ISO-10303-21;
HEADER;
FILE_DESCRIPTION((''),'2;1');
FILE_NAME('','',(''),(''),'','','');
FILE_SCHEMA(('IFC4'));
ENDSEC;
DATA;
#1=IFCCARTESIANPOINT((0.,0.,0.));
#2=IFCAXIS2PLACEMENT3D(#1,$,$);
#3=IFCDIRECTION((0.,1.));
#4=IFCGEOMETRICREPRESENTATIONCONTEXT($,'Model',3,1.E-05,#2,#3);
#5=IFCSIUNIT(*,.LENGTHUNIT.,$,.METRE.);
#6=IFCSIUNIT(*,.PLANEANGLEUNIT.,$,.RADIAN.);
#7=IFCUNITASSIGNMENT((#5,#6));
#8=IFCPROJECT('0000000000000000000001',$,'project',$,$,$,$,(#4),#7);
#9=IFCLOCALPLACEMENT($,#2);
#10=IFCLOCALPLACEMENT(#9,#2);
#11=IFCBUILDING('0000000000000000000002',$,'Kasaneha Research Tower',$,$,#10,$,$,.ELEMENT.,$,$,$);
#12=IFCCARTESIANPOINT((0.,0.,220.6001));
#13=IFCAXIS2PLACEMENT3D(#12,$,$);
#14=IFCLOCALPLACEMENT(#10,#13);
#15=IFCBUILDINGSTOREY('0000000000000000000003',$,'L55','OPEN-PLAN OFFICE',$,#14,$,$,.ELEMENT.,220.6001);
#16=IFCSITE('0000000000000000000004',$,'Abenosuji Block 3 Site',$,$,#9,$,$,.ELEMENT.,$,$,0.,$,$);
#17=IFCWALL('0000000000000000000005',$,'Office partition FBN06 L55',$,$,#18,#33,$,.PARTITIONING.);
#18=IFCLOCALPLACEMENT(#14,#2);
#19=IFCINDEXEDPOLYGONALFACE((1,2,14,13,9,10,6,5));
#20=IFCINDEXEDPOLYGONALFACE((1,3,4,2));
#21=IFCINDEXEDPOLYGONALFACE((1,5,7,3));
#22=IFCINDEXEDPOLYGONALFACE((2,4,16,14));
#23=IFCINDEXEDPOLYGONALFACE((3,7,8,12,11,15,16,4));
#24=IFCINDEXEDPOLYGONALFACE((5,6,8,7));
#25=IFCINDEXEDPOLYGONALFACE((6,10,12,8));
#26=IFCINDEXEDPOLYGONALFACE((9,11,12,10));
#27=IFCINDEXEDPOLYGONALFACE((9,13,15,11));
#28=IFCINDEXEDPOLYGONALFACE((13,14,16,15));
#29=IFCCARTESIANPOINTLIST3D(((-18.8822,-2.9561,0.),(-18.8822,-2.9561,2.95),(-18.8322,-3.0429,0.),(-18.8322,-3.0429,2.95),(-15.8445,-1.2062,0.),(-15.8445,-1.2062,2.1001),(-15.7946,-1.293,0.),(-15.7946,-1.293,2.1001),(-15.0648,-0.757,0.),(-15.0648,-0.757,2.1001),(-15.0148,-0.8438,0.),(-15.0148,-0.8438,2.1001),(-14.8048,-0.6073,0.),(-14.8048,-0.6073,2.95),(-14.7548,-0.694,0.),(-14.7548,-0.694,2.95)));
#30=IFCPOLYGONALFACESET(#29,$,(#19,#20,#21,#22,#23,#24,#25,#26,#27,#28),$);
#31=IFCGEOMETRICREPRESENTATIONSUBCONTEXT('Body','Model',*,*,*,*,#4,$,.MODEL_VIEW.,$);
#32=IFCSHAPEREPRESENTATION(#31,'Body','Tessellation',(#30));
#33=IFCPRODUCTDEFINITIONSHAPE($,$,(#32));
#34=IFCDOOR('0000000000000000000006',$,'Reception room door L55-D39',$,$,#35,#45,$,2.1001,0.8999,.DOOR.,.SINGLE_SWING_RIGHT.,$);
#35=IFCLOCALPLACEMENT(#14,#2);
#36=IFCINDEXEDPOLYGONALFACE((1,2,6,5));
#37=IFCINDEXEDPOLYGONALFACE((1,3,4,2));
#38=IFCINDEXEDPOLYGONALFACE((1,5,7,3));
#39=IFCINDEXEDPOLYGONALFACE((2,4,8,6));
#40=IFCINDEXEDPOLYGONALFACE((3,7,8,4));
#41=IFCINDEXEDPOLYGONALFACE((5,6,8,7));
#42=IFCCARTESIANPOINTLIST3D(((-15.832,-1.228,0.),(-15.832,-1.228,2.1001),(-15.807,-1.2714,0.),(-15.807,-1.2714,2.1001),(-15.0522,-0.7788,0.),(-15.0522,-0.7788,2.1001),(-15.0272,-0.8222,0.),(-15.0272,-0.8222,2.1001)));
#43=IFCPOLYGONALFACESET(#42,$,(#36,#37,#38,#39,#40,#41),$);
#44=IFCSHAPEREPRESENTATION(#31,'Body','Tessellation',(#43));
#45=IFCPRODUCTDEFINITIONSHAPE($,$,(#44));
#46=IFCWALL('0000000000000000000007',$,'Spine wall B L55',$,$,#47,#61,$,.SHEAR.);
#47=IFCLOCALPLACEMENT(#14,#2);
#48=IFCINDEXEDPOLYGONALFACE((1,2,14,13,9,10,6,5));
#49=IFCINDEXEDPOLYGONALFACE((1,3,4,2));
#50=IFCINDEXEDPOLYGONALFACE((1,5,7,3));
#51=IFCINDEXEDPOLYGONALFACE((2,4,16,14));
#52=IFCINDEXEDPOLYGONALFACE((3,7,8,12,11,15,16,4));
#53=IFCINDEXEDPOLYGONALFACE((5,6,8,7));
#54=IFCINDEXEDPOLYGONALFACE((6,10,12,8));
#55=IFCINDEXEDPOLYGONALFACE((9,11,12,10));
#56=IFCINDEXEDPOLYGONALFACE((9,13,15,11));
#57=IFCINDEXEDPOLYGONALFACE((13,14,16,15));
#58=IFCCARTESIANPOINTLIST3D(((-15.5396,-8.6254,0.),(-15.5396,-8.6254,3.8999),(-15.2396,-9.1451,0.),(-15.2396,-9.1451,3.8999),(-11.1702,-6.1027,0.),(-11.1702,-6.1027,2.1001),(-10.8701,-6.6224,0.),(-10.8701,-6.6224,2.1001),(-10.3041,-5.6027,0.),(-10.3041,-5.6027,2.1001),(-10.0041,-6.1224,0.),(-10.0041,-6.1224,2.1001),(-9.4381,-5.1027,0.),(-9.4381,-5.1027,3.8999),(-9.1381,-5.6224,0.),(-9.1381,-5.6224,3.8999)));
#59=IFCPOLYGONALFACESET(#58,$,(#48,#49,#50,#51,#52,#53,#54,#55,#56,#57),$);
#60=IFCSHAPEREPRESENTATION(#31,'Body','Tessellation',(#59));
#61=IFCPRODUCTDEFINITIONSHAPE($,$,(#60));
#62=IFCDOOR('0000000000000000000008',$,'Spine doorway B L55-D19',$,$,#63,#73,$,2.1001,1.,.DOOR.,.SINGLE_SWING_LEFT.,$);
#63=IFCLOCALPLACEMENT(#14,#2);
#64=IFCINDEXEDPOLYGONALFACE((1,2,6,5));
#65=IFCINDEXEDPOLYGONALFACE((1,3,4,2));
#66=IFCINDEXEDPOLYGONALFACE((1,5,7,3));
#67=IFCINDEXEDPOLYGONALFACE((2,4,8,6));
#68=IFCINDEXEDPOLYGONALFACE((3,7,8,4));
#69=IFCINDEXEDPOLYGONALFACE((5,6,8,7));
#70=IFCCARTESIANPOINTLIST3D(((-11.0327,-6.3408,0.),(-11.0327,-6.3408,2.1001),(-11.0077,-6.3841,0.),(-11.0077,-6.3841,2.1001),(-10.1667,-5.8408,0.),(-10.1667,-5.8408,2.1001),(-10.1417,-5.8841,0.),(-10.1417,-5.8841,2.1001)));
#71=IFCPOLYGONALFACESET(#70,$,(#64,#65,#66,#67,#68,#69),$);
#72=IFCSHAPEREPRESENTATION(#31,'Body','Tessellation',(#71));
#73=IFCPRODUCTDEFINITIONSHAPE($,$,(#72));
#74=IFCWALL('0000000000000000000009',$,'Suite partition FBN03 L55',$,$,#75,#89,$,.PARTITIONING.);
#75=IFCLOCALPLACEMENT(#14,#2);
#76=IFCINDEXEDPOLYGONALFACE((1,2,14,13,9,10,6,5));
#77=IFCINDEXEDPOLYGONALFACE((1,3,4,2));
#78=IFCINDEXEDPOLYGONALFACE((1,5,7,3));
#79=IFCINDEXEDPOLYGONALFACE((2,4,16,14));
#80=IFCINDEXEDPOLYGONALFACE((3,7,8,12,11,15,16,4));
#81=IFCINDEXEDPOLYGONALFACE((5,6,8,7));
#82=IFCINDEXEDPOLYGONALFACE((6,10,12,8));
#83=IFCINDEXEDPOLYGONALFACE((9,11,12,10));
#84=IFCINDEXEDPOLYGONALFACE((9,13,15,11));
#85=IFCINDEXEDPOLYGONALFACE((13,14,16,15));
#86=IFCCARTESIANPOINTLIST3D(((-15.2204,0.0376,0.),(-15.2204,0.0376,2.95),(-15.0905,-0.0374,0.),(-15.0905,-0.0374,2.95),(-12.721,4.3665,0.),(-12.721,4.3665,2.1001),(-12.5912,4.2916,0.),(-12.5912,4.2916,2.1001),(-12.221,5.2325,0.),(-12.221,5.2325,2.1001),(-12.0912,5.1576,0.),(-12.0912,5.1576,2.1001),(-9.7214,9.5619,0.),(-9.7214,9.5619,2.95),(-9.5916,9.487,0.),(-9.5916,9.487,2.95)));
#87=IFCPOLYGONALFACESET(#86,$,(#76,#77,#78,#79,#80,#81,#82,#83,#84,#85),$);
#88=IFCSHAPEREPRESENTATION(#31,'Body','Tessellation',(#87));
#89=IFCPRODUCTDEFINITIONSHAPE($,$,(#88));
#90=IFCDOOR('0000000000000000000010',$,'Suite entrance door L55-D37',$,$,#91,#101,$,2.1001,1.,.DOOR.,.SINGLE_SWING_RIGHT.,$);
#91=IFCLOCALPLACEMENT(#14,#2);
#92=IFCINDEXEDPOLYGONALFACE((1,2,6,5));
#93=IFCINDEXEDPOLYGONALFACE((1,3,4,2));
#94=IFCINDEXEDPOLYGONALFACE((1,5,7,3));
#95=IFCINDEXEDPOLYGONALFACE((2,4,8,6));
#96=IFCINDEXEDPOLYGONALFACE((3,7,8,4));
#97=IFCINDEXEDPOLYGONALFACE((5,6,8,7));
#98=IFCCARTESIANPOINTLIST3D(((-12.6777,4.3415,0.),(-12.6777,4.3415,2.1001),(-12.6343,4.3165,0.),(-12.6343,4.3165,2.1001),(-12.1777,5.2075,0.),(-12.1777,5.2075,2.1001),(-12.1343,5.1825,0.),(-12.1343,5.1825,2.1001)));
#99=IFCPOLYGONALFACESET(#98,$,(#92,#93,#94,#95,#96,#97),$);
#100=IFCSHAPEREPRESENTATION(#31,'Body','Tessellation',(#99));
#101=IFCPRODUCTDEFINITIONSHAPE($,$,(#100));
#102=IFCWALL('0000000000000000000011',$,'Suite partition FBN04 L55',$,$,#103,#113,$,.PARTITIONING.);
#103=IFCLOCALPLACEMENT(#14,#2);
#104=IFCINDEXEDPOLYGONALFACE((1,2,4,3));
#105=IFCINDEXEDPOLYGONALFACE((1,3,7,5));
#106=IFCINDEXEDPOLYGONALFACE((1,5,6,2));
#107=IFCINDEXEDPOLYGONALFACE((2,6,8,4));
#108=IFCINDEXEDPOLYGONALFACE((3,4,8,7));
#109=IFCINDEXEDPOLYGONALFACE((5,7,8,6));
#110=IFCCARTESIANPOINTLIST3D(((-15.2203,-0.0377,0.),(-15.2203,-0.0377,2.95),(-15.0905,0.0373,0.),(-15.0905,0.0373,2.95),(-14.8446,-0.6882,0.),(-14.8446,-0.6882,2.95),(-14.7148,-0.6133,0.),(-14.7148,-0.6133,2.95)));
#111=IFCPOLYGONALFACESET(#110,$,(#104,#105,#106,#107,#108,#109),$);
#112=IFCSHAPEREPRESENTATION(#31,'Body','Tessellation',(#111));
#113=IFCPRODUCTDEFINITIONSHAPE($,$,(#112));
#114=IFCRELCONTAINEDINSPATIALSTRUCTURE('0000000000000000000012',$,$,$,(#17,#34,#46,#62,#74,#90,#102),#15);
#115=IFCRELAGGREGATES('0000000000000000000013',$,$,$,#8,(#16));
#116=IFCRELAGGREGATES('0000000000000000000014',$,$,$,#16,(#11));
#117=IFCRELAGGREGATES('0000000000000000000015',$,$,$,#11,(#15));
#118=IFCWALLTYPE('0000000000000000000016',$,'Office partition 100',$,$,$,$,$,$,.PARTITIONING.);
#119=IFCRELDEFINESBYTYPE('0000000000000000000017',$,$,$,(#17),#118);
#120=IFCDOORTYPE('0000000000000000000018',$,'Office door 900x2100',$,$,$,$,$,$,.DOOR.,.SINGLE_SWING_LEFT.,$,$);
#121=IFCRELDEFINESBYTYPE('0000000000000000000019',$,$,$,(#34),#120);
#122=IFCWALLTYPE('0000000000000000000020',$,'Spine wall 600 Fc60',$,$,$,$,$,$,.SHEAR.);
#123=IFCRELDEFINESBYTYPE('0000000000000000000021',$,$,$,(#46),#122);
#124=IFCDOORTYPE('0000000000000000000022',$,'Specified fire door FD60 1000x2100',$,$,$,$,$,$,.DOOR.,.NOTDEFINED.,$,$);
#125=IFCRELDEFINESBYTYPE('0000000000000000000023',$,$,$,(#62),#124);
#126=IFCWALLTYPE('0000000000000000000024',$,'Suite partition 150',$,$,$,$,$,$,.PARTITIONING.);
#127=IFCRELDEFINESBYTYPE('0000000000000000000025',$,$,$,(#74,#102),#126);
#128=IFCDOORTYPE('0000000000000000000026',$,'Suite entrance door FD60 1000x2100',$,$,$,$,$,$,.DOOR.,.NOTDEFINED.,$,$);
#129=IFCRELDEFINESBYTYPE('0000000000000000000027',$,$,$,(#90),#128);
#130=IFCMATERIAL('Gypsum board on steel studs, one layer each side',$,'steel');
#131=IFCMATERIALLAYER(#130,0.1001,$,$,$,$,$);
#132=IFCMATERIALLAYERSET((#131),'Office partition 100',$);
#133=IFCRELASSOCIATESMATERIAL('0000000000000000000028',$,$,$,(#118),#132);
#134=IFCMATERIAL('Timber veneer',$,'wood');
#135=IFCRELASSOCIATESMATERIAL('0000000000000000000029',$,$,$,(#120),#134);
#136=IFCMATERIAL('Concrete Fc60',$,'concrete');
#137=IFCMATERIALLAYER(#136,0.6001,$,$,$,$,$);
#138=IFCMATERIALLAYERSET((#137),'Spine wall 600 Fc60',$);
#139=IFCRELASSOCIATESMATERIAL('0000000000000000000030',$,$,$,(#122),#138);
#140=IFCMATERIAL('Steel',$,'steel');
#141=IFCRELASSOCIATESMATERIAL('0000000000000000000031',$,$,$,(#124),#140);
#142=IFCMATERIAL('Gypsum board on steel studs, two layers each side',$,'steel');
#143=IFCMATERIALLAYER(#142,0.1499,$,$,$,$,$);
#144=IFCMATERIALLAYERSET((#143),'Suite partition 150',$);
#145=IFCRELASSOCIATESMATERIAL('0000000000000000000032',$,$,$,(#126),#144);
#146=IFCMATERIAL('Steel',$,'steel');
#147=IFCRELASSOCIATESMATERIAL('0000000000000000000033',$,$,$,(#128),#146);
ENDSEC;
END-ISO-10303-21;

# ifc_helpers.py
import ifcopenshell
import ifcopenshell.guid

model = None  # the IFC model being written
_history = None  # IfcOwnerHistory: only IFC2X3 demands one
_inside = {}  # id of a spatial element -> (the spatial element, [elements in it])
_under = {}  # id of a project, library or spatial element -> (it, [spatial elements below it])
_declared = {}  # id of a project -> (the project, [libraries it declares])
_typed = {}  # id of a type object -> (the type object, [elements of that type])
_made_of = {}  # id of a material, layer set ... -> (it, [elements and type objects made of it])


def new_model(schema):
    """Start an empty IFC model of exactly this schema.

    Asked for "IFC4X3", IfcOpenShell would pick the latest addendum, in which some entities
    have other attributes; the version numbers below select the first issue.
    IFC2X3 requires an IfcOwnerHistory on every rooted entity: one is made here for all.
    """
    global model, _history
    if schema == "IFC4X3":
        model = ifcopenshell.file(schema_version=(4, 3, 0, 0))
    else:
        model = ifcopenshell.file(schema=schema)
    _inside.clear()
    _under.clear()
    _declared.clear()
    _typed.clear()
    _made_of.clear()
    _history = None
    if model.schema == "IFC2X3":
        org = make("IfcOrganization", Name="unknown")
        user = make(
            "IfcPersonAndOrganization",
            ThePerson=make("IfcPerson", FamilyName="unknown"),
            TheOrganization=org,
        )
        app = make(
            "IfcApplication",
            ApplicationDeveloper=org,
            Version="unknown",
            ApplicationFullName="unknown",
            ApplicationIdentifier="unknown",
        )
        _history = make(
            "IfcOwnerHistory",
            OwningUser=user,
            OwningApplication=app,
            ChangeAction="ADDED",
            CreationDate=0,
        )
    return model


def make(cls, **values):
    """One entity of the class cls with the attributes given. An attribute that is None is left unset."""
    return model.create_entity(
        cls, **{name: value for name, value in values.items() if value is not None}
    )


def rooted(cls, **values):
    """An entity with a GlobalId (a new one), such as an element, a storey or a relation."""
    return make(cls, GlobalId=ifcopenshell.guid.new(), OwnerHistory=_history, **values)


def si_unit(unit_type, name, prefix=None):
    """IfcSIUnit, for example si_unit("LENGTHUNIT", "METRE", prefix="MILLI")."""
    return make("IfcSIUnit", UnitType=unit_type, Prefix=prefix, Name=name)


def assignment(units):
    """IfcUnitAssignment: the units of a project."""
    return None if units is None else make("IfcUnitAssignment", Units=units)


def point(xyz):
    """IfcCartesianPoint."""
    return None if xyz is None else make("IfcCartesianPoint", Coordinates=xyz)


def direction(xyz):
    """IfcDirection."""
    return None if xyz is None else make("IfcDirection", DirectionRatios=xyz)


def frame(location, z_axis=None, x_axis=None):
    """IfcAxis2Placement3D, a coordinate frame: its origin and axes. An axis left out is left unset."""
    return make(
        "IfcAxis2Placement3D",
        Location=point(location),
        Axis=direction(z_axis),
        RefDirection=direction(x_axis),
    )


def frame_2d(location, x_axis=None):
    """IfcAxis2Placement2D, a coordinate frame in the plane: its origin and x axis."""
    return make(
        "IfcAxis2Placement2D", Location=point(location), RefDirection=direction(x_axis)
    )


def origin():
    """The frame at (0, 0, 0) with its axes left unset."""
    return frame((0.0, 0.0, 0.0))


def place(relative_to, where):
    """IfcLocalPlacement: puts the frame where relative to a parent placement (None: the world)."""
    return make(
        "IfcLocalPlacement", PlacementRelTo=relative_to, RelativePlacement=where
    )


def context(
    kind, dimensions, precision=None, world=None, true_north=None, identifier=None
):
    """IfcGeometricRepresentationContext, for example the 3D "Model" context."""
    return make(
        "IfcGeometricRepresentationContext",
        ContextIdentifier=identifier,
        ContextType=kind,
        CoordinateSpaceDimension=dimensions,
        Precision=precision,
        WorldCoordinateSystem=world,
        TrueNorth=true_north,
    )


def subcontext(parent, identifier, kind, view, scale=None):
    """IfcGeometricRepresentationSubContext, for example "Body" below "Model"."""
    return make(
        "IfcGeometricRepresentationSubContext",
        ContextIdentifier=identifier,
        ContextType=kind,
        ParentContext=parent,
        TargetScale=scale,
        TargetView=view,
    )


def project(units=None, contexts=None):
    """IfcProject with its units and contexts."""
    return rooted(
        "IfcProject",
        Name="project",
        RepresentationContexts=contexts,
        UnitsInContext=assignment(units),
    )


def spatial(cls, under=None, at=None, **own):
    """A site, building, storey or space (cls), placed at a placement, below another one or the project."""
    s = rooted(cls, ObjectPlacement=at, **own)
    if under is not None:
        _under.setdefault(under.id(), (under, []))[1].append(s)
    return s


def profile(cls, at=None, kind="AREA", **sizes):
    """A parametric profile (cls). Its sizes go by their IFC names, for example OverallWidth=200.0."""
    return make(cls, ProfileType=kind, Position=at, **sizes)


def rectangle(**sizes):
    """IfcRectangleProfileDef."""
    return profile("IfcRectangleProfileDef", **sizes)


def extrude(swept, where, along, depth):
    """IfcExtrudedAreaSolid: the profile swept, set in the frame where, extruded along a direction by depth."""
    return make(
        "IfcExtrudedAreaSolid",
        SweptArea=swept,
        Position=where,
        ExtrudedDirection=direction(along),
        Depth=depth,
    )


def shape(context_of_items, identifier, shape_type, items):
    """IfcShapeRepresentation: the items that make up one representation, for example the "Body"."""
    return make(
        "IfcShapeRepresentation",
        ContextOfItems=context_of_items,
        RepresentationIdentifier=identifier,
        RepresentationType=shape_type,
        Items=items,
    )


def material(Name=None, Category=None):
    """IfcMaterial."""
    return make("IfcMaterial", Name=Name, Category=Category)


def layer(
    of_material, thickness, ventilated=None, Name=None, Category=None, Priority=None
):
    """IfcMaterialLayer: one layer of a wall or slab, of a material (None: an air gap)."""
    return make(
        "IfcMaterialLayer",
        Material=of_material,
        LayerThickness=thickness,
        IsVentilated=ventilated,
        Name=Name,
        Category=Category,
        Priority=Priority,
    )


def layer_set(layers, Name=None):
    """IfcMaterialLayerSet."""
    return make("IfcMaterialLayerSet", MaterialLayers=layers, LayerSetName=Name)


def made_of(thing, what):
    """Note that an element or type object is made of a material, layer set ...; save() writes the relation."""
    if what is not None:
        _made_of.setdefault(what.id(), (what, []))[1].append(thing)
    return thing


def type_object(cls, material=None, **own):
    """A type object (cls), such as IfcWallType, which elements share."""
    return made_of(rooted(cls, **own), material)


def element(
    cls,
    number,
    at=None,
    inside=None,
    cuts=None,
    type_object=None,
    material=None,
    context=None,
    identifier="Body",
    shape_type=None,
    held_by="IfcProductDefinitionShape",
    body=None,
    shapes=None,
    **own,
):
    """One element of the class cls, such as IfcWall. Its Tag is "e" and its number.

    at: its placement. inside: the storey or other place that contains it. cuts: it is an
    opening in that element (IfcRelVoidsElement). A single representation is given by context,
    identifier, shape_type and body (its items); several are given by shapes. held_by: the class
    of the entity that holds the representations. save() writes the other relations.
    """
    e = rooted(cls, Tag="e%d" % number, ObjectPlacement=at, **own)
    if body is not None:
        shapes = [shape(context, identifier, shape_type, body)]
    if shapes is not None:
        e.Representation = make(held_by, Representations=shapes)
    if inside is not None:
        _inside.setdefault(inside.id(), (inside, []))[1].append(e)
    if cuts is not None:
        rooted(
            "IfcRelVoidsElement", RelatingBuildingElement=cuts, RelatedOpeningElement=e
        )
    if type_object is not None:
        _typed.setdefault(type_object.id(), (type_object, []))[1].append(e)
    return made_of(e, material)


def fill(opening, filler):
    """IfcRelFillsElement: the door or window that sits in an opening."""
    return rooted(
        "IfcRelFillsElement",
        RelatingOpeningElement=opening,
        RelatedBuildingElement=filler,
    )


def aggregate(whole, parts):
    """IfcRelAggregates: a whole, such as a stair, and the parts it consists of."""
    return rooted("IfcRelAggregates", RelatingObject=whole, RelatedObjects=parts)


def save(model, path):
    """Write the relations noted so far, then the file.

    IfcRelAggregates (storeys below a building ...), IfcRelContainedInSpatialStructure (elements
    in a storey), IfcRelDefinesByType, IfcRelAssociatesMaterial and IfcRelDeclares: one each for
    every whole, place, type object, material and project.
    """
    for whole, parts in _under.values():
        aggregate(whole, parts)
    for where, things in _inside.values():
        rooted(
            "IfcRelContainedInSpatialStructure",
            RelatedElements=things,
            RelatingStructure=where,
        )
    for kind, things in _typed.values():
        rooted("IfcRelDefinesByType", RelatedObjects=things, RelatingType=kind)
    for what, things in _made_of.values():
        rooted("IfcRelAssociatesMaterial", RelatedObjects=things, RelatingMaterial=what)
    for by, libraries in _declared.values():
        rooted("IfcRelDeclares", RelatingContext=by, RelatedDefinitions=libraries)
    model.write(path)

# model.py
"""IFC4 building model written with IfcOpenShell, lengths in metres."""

from ifc_helpers import new_model, si_unit, direction, frame, frame_2d, origin, place, context, subcontext, project, spatial, rectangle, extrude, material, layer, layer_set, type_object, element, fill, save


model = new_model("IFC4")

# Units and contexts
model_context = context("Model", 3, precision=1e-05, world=origin(), true_north=direction((0.0, 1.0)))
body_context = subcontext(model_context, "Body", "Model", "MODEL_VIEW")
ifc_project = project(units=[si_unit("LENGTHUNIT", "METRE"), si_unit("PLANEANGLEUNIT", "RADIAN")], contexts=[model_context])

# Site, building, storey
site_placement = place(None, origin())
site = spatial("IfcSite", under=ifc_project, at=site_placement, Name="Abenosuji Block 3 Site", CompositionType="ELEMENT", RefElevation=0.0)
building_placement = place(site_placement, origin())
building = spatial("IfcBuilding", under=site, at=building_placement, Name="Kasaneha Research Tower", CompositionType="ELEMENT")
storey_placement = place(building_placement, frame((0.0, 0.0, 220.6001)))
storey = spatial("IfcBuildingStorey", under=building, at=storey_placement, Name="L55", Description="OPEN-PLAN OFFICE", CompositionType="ELEMENT", Elevation=220.6001)

# Walls, openings, doors
ifc_material_1 = material(Name="Gypsum board on steel studs, one layer each side", Category="steel")
ifc_layer_1 = layer(ifc_material_1, 0.1001)
ifc_layer_set_1 = layer_set([ifc_layer_1], Name="Office partition 100")
wall_type_1 = type_object("IfcWallType", Name="Office partition 100", PredefinedType="PARTITIONING", material=ifc_layer_set_1)
wall_1_placement = place(storey_placement, frame((-18.8572, -2.9995, 0.0), z_axis=(0.0, 0.0, 1.0), x_axis=(0.866504, 0.49917, 0.0)))
wall_1 = element("IfcWall", 1, at=wall_1_placement, inside=storey, type_object=wall_type_1, Name="Office partition FBN06 L55", PredefinedType="PARTITIONING", context=body_context, shape_type="SweptSolid", body=[
    extrude(rectangle(XDim=4.7056, YDim=0.1001, at=frame_2d((2.3528, 0.0))), origin(), (0.0, 0.0, 1.0), 2.95),
])
opening_1_placement = place(wall_1_placement, frame((3.5056, 0.0, 0.0)))
opening_1 = element("IfcOpeningElement", 2, at=opening_1_placement, cuts=wall_1, PredefinedType="OPENING", context=body_context, shape_type="SweptSolid", body=[
    extrude(rectangle(XDim=0.8999, YDim=2.1001, at=frame_2d((0.45, 1.05))), frame((0.0, 0.0601, 0.0), z_axis=(0.0, -1.0, 0.0), x_axis=(1.0, 0.0, 0.0)), (0.0, 0.0, 1.0), 0.1201),
])
ifc_material_2 = material(Name="Timber veneer", Category="wood")
door_type_1 = type_object("IfcDoorType", Name="Office door 900x2100", OperationType="SINGLE_SWING_LEFT", PredefinedType="DOOR", material=ifc_material_2)
door_1_placement = place(opening_1_placement, origin())
door_1 = element("IfcDoor", 3, at=door_1_placement, inside=storey, type_object=door_type_1, Name="Reception room door L55-D39", OperationType="SINGLE_SWING_RIGHT", OverallHeight=2.1001, OverallWidth=0.8999, PredefinedType="DOOR", context=body_context, shape_type="SweptSolid", body=[
    extrude(rectangle(XDim=0.8999, YDim=2.1001, at=frame_2d((0.45, 1.05))), frame((0.0, 0.0249, 0.0), z_axis=(0.0, -1.0, 0.0), x_axis=(1.0, 0.0, 0.0)), (0.0, 0.0, 1.0), 0.05),
])
fill(opening_1, door_1)
ifc_material_3 = material(Name="Concrete Fc60", Category="concrete")
ifc_layer_2 = layer(ifc_material_3, 0.6001)
ifc_layer_set_2 = layer_set([ifc_layer_2], Name="Spine wall 600 Fc60")
wall_type_2 = type_object("IfcWallType", Name="Spine wall 600 Fc60", PredefinedType="SHEAR", material=ifc_layer_set_2)
wall_2_placement = place(storey_placement, frame((-9.2881, -5.3625, 0.0), z_axis=(0.0, 0.0, 1.0), x_axis=(-0.866027, -0.499996, 0.0)))
wall_2 = element("IfcWall", 4, at=wall_2_placement, inside=storey, type_object=wall_type_2, Name="Spine wall B L55", PredefinedType="SHEAR", context=body_context, shape_type="SweptSolid", body=[
    extrude(rectangle(XDim=7.0454, YDim=0.6001, at=frame_2d((3.5227, 0.0))), origin(), (0.0, 0.0, 1.0), 3.8999),
])
opening_2_placement = place(wall_2_placement, frame((1.0, 0.0, 0.0)))
opening_2 = element("IfcOpeningElement", 5, at=opening_2_placement, cuts=wall_2, PredefinedType="OPENING", context=body_context, shape_type="SweptSolid", body=[
    extrude(rectangle(XDim=1.0, YDim=2.1001, at=frame_2d((0.5, 1.05))), frame((0.0, 0.3101, 0.0), z_axis=(0.0, -1.0, 0.0), x_axis=(1.0, 0.0, 0.0)), (0.0, 0.0, 1.0), 0.6201),
])
ifc_material_4 = material(Name="Steel", Category="steel")
door_type_2 = type_object("IfcDoorType", Name="Specified fire door FD60 1000x2100", OperationType="NOTDEFINED", PredefinedType="DOOR", material=ifc_material_4)
door_2_placement = place(opening_2_placement, origin())
door_2 = element("IfcDoor", 6, at=door_2_placement, inside=storey, type_object=door_type_2, Name="Spine doorway B L55-D19", OperationType="SINGLE_SWING_LEFT", OverallHeight=2.1001, OverallWidth=1.0, PredefinedType="DOOR", context=body_context, shape_type="SweptSolid", body=[
    extrude(rectangle(XDim=1.0, YDim=2.1001, at=frame_2d((0.5, 1.05))), frame((0.0, 0.0249, 0.0), z_axis=(0.0, -1.0, 0.0), x_axis=(1.0, 0.0, 0.0)), (0.0, 0.0, 1.0), 0.05),
])
fill(opening_2, door_2)
ifc_material_5 = material(Name="Gypsum board on steel studs, two layers each side", Category="steel")
ifc_layer_3 = layer(ifc_material_5, 0.1499)
ifc_layer_set_3 = layer_set([ifc_layer_3], Name="Suite partition 150")
wall_type_3 = type_object("IfcWallType", Name="Suite partition 150", PredefinedType="PARTITIONING", material=ifc_layer_set_3)
wall_3_placement = place(storey_placement, frame((-15.1555, 0.0, 0.0), z_axis=(0.0, 0.0, 1.0), x_axis=(0.500007, 0.866021, 0.0)))
wall_3 = element("IfcWall", 7, at=wall_3_placement, inside=storey, type_object=wall_type_3, Name="Suite partition FBN03 L55", PredefinedType="PARTITIONING", context=body_context, shape_type="SweptSolid", body=[
    extrude(rectangle(XDim=10.9978, YDim=0.1499, at=frame_2d((5.499, 0.0))), origin(), (0.0, 0.0, 1.0), 2.95),
])
opening_3_placement = place(wall_3_placement, frame((4.9988, 0.0, 0.0)))
opening_3 = element("IfcOpeningElement", 8, at=opening_3_placement, cuts=wall_3, PredefinedType="OPENING", context=body_context, shape_type="SweptSolid", body=[
    extrude(rectangle(XDim=1.0, YDim=2.1001, at=frame_2d((0.5, 1.05))), frame((0.0, 0.085, 0.0), z_axis=(0.0, -1.0, 0.0), x_axis=(1.0, 0.0, 0.0)), (0.0, 0.0, 1.0), 0.1699),
])
ifc_material_6 = material(Name="Steel", Category="steel")
door_type_3 = type_object("IfcDoorType", Name="Suite entrance door FD60 1000x2100", OperationType="NOTDEFINED", PredefinedType="DOOR", material=ifc_material_6)
door_3_placement = place(opening_3_placement, origin())
door_3 = element("IfcDoor", 9, at=door_3_placement, inside=storey, type_object=door_type_3, Name="Suite entrance door L55-D37", OperationType="SINGLE_SWING_RIGHT", OverallHeight=2.1001, OverallWidth=1.0, PredefinedType="DOOR", context=body_context, shape_type="SweptSolid", body=[
    extrude(rectangle(XDim=1.0, YDim=2.1001, at=frame_2d((0.5, 1.05))), frame((0.0, 0.0249, 0.0), z_axis=(0.0, -1.0, 0.0), x_axis=(1.0, 0.0, 0.0)), (0.0, 0.0, 1.0), 0.05),
])
fill(opening_3, door_3)

# Wall
wall_4_placement = place(storey_placement, frame((-14.7798, -0.6506, 0.0), z_axis=(0.0, 0.0, 1.0), x_axis=(-0.500088, 0.865975, 0.0)))
element("IfcWall", 10, at=wall_4_placement, inside=storey, type_object=wall_type_3, Name="Suite partition FBN04 L55", PredefinedType="PARTITIONING", context=body_context, shape_type="SweptSolid", body=[
    extrude(rectangle(XDim=0.7512, YDim=0.1499, at=frame_2d((0.3755, 0.0))), origin(), (0.0, 0.0, 1.0), 2.95),
])

save(model, "model.ifc")
